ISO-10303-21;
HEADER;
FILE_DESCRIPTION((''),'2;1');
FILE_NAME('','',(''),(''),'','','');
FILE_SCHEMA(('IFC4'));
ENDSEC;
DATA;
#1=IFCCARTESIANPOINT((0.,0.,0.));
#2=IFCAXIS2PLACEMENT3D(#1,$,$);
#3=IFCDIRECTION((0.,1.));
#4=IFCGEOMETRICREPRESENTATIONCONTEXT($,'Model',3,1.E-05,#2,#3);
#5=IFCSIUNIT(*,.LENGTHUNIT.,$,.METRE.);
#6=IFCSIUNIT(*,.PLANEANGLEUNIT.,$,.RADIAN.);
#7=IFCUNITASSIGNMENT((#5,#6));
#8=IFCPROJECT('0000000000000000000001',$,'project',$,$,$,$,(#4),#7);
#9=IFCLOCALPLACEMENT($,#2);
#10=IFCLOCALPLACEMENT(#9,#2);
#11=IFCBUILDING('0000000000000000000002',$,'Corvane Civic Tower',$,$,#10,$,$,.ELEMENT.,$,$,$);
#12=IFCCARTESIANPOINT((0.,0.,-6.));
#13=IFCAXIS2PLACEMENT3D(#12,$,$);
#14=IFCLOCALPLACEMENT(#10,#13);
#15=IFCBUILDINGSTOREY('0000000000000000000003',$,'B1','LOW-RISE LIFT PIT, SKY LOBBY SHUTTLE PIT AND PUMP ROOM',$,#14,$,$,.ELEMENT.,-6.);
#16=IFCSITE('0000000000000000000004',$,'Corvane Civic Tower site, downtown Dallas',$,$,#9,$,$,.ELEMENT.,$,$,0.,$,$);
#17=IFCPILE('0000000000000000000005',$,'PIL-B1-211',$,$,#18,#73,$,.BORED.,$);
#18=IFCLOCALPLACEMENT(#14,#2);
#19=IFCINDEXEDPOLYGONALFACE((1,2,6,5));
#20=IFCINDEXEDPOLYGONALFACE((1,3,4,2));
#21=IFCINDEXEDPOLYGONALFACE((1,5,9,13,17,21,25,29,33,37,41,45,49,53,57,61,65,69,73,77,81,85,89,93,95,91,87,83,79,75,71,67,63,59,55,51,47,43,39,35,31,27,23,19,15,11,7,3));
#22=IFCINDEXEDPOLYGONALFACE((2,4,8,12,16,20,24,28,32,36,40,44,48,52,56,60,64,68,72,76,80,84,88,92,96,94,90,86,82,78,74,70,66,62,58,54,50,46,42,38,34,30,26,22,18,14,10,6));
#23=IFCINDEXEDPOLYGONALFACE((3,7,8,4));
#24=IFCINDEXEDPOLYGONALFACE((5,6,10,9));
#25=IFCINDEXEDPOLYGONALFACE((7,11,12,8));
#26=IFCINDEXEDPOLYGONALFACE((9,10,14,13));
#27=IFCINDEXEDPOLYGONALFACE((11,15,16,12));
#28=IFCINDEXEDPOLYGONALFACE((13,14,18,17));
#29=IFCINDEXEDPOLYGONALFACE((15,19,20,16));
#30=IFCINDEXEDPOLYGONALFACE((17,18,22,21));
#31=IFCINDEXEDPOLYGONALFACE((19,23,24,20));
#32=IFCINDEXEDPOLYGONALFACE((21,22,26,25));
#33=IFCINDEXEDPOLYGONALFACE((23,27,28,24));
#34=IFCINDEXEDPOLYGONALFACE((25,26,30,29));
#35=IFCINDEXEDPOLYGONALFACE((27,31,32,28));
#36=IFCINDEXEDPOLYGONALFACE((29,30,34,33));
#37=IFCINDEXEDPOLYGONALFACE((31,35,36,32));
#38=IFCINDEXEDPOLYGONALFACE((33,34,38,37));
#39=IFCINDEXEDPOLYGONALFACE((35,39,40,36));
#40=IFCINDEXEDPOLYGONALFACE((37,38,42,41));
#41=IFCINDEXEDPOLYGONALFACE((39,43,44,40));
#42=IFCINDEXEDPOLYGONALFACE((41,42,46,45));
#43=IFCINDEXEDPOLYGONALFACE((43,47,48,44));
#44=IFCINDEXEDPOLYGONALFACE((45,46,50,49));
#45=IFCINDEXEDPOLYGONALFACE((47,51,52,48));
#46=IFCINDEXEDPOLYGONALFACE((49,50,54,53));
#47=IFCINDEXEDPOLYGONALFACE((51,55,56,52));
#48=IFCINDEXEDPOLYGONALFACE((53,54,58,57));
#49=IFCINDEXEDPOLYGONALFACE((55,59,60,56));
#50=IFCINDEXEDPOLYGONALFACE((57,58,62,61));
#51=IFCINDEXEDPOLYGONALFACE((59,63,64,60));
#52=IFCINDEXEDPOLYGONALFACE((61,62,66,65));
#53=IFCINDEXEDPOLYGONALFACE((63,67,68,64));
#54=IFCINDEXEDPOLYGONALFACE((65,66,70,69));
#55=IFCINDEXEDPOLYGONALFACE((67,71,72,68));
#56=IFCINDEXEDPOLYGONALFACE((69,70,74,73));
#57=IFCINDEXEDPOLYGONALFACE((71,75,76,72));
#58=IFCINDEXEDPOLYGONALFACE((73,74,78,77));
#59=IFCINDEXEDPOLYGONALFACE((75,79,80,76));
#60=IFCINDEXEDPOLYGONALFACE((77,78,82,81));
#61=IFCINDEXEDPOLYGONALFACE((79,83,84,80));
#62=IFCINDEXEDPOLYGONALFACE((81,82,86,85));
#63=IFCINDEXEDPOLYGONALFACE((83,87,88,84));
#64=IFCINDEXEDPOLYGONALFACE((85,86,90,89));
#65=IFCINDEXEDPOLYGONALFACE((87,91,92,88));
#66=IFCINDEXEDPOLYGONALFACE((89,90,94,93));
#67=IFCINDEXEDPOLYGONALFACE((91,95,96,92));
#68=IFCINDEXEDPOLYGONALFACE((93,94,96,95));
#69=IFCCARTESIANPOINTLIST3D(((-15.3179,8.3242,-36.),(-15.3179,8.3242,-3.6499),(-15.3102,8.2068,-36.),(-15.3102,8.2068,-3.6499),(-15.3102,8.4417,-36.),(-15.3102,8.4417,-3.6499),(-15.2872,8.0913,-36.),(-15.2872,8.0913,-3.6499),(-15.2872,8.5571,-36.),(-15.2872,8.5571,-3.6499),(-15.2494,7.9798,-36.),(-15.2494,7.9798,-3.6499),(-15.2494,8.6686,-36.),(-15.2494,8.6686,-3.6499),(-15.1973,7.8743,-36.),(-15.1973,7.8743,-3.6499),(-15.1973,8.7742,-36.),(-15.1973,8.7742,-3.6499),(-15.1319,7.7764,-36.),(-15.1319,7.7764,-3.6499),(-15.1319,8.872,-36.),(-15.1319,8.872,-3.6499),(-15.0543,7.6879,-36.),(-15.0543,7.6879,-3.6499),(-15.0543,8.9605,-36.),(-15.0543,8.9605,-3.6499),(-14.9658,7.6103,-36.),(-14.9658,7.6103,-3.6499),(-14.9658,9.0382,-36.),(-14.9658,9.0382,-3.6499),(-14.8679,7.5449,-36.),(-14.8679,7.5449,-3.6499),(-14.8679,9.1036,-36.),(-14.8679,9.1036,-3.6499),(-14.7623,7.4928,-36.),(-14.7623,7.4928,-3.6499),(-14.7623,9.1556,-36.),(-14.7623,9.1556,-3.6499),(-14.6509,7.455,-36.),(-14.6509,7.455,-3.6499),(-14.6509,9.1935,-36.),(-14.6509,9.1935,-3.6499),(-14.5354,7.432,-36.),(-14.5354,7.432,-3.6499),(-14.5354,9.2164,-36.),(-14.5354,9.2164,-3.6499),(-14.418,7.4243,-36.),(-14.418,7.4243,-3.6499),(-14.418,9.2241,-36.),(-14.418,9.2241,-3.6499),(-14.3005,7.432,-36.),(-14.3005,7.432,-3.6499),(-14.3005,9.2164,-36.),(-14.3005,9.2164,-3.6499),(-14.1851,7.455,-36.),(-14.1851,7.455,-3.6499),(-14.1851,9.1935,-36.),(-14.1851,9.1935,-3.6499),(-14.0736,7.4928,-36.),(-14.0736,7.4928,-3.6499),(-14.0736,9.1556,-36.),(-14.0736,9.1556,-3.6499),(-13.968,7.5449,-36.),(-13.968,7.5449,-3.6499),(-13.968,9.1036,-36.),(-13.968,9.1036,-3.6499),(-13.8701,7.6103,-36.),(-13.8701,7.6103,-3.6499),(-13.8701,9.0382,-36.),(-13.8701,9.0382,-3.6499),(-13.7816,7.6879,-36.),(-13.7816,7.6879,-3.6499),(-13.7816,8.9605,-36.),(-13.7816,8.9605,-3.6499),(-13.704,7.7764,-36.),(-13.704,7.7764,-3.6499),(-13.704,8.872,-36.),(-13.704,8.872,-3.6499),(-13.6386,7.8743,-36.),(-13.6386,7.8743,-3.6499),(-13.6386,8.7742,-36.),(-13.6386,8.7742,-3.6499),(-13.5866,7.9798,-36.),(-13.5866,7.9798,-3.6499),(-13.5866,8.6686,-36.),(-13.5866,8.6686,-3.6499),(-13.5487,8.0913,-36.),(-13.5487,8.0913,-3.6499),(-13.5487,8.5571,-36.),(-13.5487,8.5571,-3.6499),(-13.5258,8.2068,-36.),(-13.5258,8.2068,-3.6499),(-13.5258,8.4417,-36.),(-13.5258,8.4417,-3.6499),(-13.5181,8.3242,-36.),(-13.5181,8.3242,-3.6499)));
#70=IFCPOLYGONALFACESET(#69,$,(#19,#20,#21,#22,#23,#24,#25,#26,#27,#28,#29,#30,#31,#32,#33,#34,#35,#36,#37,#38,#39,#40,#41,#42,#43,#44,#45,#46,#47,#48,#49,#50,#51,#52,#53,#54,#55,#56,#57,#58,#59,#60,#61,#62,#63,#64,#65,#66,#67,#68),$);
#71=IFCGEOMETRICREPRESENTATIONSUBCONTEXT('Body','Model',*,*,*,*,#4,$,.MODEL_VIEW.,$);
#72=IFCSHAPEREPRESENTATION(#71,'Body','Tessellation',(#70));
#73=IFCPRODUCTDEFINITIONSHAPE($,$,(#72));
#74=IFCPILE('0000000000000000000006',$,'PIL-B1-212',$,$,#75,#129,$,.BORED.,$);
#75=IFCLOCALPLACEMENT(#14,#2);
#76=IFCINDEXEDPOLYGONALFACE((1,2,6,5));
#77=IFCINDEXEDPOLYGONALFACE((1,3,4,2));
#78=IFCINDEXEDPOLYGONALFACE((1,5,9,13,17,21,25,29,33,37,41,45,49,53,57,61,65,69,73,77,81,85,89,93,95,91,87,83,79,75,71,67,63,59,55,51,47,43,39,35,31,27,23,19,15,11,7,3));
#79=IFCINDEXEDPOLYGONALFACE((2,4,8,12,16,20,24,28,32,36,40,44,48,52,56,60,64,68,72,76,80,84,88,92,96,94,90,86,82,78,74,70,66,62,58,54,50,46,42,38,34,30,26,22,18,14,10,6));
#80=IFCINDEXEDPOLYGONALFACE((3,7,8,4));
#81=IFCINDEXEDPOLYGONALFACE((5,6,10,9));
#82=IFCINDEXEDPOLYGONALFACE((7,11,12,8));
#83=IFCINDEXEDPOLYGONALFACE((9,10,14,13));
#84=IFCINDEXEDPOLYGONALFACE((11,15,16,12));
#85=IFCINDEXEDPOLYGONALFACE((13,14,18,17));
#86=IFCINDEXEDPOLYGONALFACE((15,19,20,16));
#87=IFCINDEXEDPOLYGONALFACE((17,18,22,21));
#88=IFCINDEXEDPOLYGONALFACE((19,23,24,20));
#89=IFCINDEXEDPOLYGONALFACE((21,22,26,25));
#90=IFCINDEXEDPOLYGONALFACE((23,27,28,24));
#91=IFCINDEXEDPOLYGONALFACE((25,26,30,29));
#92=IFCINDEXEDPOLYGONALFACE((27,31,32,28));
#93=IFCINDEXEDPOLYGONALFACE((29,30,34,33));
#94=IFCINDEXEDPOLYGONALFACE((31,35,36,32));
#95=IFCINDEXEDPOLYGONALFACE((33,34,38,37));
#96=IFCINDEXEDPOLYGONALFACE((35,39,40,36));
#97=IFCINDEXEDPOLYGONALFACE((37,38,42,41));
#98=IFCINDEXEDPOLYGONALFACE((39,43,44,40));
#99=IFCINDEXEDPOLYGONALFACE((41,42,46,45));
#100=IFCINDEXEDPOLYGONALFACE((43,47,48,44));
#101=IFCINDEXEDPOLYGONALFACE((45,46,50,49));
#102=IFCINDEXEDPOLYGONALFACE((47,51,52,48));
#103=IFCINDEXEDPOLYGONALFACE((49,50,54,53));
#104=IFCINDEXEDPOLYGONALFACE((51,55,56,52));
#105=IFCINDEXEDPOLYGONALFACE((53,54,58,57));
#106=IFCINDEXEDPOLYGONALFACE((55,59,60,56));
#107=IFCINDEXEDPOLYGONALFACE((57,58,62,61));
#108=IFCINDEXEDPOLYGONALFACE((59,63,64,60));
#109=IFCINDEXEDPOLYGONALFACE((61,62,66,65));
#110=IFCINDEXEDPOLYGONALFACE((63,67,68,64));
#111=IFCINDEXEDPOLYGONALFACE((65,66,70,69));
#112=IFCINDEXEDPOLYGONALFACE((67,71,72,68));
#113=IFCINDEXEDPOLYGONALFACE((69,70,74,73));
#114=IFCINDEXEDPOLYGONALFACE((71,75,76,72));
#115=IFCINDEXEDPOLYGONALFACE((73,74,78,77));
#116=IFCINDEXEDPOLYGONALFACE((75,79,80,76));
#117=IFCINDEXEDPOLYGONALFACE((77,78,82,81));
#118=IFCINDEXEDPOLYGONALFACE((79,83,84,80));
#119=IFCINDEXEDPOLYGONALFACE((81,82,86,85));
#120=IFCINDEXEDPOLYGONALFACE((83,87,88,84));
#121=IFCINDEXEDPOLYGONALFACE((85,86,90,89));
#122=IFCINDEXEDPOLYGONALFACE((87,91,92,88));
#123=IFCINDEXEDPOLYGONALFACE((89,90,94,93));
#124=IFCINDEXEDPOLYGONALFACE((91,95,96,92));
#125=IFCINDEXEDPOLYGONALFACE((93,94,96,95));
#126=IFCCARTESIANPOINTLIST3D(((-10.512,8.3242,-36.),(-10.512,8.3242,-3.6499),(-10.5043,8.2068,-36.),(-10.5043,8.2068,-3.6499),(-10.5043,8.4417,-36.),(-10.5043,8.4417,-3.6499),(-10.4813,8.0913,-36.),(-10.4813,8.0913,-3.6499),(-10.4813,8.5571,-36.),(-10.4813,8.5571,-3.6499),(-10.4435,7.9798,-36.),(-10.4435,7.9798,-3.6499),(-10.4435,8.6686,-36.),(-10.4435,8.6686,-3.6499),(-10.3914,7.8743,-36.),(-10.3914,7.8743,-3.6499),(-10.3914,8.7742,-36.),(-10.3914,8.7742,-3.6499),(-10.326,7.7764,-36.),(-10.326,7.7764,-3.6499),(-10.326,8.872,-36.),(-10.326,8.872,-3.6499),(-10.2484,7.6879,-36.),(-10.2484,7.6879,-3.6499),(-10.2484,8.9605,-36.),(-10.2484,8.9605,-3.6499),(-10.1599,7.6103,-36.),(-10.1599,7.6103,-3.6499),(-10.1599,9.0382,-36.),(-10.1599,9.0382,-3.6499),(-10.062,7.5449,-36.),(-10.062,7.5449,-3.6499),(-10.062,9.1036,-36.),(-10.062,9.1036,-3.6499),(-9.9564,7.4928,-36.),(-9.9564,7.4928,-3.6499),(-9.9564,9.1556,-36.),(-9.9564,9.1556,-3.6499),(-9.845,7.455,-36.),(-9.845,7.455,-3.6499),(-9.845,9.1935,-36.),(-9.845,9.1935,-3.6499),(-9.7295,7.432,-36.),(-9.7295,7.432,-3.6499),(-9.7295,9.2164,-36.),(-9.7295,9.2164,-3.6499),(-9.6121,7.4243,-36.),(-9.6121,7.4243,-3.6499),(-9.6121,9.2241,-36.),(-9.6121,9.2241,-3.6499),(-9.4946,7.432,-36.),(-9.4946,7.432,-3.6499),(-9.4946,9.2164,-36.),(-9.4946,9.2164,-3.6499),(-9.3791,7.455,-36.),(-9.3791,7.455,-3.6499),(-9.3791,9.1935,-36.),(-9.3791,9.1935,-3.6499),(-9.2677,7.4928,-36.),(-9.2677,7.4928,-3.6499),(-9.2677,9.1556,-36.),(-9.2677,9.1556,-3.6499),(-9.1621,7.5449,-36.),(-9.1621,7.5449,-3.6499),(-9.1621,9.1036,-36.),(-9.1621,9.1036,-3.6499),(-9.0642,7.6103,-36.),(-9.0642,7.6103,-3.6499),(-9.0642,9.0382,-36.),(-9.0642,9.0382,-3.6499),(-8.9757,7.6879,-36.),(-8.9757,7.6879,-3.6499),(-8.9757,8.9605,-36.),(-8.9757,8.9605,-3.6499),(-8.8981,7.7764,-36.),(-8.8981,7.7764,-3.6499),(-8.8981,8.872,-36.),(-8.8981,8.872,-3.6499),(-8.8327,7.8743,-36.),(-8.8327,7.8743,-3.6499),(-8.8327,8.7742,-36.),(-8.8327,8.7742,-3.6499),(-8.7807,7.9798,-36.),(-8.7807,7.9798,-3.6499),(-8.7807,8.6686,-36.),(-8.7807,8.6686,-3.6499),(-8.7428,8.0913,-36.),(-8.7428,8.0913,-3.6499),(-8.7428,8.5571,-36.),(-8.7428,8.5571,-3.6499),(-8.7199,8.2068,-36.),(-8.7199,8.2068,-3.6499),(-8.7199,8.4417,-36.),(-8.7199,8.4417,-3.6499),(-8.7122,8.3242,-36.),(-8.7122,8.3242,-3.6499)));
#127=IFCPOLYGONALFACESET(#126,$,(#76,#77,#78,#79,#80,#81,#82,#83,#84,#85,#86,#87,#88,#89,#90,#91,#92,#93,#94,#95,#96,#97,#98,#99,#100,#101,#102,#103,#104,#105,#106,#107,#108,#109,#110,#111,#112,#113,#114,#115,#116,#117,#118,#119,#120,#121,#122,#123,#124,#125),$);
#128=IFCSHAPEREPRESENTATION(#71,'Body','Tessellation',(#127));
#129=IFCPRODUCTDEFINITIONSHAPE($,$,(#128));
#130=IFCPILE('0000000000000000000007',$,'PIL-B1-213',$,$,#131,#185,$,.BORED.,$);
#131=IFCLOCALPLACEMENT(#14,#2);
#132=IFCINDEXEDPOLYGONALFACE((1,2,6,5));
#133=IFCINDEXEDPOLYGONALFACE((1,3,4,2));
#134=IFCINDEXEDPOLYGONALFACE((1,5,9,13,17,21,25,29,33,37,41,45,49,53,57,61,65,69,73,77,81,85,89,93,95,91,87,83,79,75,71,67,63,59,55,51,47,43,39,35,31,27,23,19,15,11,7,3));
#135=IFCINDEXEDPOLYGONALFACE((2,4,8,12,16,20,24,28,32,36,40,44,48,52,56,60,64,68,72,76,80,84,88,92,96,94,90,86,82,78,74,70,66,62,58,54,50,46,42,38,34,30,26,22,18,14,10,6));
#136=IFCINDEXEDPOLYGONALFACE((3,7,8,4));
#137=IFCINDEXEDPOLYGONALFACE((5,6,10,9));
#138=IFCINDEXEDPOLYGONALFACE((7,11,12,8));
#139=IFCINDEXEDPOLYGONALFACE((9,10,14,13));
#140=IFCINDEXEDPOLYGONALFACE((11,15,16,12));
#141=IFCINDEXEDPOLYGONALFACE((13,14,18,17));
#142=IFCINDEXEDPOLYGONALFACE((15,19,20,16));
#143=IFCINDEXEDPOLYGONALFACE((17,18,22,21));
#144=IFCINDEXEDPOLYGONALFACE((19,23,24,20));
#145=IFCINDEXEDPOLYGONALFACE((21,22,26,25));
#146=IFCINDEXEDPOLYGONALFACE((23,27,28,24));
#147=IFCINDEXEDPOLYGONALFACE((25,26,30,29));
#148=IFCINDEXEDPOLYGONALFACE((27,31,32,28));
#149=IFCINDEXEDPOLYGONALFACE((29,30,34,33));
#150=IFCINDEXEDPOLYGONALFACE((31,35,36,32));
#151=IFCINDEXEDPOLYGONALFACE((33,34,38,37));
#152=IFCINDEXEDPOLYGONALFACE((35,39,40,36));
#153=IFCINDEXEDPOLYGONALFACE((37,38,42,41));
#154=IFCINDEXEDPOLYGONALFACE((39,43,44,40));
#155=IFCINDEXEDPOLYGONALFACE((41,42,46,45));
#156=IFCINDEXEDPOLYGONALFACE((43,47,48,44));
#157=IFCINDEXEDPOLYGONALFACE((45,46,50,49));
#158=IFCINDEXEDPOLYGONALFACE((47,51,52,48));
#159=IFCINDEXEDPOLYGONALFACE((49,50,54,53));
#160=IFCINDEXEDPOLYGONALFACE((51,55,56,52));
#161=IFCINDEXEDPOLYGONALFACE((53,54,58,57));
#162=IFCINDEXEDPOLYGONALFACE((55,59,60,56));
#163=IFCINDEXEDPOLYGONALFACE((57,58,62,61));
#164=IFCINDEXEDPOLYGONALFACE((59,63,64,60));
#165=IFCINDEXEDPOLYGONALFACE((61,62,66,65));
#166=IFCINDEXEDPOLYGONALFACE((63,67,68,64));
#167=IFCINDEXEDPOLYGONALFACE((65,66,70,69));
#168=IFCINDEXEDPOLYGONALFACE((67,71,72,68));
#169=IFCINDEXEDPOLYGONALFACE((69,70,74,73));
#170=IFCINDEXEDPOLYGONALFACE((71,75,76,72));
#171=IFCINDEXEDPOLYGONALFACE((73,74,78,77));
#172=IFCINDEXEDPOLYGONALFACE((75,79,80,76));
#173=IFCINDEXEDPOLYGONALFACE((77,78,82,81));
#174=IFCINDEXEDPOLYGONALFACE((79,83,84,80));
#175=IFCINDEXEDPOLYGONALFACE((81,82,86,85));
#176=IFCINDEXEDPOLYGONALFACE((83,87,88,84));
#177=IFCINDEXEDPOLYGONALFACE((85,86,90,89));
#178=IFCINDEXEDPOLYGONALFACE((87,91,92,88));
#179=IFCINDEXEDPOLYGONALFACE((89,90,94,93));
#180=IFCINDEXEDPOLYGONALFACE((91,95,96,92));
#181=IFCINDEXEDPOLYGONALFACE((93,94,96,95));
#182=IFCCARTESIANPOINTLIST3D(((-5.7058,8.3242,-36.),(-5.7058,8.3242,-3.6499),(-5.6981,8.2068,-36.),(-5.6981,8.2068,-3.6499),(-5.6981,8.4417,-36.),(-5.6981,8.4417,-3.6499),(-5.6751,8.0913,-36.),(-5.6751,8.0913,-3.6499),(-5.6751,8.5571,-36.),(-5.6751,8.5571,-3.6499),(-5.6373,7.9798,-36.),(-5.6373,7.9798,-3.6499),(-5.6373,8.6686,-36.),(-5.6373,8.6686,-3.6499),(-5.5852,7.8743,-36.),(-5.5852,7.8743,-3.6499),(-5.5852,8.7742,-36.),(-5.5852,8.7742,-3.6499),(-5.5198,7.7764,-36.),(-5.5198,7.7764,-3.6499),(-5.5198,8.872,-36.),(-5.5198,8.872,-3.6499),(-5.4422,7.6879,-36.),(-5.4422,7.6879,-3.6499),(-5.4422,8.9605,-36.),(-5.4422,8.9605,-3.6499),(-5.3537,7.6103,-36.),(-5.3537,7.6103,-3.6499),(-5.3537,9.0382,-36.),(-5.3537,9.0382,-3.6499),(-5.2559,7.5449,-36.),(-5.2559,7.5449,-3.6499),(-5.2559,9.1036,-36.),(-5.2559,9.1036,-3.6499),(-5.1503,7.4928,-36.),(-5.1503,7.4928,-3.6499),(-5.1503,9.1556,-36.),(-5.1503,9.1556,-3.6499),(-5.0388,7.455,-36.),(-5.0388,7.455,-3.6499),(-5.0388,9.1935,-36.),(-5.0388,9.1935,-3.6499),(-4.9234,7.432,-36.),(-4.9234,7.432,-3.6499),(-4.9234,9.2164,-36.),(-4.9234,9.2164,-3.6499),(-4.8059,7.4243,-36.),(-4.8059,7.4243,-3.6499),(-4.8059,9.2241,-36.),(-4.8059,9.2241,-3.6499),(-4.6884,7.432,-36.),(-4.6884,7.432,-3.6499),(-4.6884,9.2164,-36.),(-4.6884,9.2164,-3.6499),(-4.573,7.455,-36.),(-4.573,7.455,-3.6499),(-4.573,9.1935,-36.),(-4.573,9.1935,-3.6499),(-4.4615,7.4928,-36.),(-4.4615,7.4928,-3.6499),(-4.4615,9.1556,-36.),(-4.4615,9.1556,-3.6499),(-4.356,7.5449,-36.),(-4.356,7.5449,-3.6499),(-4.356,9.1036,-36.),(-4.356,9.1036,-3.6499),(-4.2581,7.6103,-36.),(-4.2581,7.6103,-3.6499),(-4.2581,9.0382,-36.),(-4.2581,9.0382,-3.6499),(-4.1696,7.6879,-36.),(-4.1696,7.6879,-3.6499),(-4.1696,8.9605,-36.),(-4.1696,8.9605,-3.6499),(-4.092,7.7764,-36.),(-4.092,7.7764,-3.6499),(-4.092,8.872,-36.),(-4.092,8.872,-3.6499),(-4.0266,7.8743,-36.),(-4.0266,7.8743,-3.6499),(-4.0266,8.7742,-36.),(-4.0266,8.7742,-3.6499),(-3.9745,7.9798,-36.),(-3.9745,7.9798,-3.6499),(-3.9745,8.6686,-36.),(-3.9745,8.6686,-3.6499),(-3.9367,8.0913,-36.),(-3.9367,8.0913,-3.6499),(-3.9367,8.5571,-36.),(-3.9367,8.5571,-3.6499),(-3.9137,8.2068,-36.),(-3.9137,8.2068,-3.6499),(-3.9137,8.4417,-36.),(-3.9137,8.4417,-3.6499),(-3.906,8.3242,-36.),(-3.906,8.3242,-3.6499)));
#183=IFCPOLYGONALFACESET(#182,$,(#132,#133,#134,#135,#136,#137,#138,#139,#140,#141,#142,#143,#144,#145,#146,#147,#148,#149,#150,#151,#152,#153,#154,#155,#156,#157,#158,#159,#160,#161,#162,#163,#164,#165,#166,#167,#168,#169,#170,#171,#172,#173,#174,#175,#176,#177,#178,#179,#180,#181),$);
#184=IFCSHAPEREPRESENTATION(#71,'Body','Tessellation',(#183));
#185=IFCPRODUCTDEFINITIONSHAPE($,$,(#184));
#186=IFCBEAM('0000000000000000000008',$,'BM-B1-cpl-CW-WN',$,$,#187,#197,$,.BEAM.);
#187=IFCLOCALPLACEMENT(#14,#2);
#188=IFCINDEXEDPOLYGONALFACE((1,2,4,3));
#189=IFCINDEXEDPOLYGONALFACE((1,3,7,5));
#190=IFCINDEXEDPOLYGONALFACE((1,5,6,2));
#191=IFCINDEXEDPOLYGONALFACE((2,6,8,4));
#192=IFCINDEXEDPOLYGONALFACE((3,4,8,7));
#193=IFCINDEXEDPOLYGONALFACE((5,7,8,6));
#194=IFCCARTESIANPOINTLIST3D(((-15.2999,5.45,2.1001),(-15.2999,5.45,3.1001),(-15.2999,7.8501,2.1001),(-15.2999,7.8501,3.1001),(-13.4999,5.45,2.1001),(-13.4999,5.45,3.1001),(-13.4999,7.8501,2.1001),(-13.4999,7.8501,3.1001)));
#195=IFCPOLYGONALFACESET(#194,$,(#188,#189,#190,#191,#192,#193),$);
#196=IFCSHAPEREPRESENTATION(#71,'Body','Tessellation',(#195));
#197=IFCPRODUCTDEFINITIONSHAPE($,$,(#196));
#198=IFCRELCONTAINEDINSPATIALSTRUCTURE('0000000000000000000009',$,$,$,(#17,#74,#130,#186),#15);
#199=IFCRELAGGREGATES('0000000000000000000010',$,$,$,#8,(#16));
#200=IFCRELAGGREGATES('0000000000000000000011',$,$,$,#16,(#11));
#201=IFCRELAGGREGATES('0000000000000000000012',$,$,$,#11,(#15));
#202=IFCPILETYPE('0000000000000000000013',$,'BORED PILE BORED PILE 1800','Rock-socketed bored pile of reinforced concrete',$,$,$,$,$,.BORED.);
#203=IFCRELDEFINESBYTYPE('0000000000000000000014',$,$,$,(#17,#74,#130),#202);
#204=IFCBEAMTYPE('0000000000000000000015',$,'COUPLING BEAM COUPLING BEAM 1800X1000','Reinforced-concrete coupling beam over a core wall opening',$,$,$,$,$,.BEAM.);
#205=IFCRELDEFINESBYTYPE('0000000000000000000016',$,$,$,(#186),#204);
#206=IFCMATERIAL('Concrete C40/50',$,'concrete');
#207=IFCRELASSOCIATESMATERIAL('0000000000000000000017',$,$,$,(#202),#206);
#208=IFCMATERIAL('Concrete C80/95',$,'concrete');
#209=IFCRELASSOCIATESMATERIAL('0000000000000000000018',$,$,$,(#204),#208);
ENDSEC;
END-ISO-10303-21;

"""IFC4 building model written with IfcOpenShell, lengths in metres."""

from ifc_helpers import new_model, si_unit, direction, frame, origin, origin_2d, place, context, subcontext, project, spatial, rectangle, circle, extrude, material, material_profile, profile_set, type_object, element, save


model = new_model("IFC4")

# Units and contexts
model_context = context("Model", 3, precision=1e-05, world=origin(), true_north=direction((0.0, 1.0)))
body_context = subcontext(model_context, "Body", "Model", "MODEL_VIEW")
ifc_project = project(units=[si_unit("LENGTHUNIT", "METRE"), si_unit("PLANEANGLEUNIT", "RADIAN")], contexts=[model_context])

# Site, building, storey
site_placement = place(None, origin())
site = spatial("IfcSite", under=ifc_project, at=site_placement, Name="Corvane Civic Tower site, downtown Dallas", CompositionType="ELEMENT", RefElevation=0.0)
building_placement = place(site_placement, origin())
building = spatial("IfcBuilding", under=site, at=building_placement, Name="Corvane Civic Tower", CompositionType="ELEMENT")
storey_placement = place(building_placement, frame((0.0, 0.0, -6.0)))
storey = spatial("IfcBuildingStorey", under=building, at=storey_placement, Name="B1", Description="LOW-RISE LIFT PIT, SKY LOBBY SHUTTLE PIT AND PUMP ROOM", CompositionType="ELEMENT", Elevation=-6.0)

# Piles
ifc_material_1 = material(Name="Concrete C40/50", Category="concrete")
ifc_material_profile_1 = material_profile(ifc_material_1, circle(Radius=0.8999, at=origin_2d()), Name="BORED PILE 1800")
ifc_profile_set_1 = profile_set([ifc_material_profile_1], Name="Concrete C40/50")
pile_type = type_object("IfcPileType", Name="BORED PILE BORED PILE 1800", Description="Rock-socketed bored pile of reinforced concrete", PredefinedType="BORED", material=ifc_profile_set_1)
for number, where, z_axis, x_axis, name in (
    (1, (-14.418, 8.3242, -3.6499), (0.0, 0.0, -1.0), (1.0, 0.0, 0.0), "PIL-B1-211"),
    (2, (-9.6121, 8.3242, -3.6499), (0.0, 0.0, -1.0), (1.0, 0.0, 0.0), "PIL-B1-212"),
    (3, (-4.8059, 8.3242, -3.6499), (0.0, 0.0, -1.0), (1.0, 0.0, 0.0), "PIL-B1-213"),
):
    element("IfcPile", number, at=place(storey_placement, frame(where, z_axis=z_axis, x_axis=x_axis)), inside=storey, type_object=pile_type, Name=name, PredefinedType="BORED", context=body_context, shape_type="SweptSolid", body=[
        extrude(circle(Radius=0.8999, at=origin_2d()), origin(), (0.0, 0.0, 1.0), 32.3501),
    ])

# Beam
ifc_material_2 = material(Name="Concrete C80/95", Category="concrete")
ifc_material_profile_2 = material_profile(ifc_material_2, rectangle(XDim=1.8, YDim=1.0, at=origin_2d()), Name="COUPLING BEAM 1800X1000")
ifc_profile_set_2 = profile_set([ifc_material_profile_2], Name="Concrete C80/95")
beam_type = type_object("IfcBeamType", Name="COUPLING BEAM COUPLING BEAM 1800X1000", Description="Reinforced-concrete coupling beam over a core wall opening", PredefinedType="BEAM", material=ifc_profile_set_2)
beam_placement = place(storey_placement, frame((-14.3999, 5.45, 2.6001), z_axis=(0.0, 1.0, 0.0), x_axis=(-1.0, 0.0, 0.0)))
element("IfcBeam", 4, at=beam_placement, inside=storey, type_object=beam_type, Name="BM-B1-cpl-CW-WN", PredefinedType="BEAM", context=body_context, shape_type="SweptSolid", body=[
    extrude(rectangle(XDim=1.8, YDim=1.0, at=origin_2d()), origin(), (0.0, 0.0, 1.0), 2.4001),
])

save(model, "model.ifc")
